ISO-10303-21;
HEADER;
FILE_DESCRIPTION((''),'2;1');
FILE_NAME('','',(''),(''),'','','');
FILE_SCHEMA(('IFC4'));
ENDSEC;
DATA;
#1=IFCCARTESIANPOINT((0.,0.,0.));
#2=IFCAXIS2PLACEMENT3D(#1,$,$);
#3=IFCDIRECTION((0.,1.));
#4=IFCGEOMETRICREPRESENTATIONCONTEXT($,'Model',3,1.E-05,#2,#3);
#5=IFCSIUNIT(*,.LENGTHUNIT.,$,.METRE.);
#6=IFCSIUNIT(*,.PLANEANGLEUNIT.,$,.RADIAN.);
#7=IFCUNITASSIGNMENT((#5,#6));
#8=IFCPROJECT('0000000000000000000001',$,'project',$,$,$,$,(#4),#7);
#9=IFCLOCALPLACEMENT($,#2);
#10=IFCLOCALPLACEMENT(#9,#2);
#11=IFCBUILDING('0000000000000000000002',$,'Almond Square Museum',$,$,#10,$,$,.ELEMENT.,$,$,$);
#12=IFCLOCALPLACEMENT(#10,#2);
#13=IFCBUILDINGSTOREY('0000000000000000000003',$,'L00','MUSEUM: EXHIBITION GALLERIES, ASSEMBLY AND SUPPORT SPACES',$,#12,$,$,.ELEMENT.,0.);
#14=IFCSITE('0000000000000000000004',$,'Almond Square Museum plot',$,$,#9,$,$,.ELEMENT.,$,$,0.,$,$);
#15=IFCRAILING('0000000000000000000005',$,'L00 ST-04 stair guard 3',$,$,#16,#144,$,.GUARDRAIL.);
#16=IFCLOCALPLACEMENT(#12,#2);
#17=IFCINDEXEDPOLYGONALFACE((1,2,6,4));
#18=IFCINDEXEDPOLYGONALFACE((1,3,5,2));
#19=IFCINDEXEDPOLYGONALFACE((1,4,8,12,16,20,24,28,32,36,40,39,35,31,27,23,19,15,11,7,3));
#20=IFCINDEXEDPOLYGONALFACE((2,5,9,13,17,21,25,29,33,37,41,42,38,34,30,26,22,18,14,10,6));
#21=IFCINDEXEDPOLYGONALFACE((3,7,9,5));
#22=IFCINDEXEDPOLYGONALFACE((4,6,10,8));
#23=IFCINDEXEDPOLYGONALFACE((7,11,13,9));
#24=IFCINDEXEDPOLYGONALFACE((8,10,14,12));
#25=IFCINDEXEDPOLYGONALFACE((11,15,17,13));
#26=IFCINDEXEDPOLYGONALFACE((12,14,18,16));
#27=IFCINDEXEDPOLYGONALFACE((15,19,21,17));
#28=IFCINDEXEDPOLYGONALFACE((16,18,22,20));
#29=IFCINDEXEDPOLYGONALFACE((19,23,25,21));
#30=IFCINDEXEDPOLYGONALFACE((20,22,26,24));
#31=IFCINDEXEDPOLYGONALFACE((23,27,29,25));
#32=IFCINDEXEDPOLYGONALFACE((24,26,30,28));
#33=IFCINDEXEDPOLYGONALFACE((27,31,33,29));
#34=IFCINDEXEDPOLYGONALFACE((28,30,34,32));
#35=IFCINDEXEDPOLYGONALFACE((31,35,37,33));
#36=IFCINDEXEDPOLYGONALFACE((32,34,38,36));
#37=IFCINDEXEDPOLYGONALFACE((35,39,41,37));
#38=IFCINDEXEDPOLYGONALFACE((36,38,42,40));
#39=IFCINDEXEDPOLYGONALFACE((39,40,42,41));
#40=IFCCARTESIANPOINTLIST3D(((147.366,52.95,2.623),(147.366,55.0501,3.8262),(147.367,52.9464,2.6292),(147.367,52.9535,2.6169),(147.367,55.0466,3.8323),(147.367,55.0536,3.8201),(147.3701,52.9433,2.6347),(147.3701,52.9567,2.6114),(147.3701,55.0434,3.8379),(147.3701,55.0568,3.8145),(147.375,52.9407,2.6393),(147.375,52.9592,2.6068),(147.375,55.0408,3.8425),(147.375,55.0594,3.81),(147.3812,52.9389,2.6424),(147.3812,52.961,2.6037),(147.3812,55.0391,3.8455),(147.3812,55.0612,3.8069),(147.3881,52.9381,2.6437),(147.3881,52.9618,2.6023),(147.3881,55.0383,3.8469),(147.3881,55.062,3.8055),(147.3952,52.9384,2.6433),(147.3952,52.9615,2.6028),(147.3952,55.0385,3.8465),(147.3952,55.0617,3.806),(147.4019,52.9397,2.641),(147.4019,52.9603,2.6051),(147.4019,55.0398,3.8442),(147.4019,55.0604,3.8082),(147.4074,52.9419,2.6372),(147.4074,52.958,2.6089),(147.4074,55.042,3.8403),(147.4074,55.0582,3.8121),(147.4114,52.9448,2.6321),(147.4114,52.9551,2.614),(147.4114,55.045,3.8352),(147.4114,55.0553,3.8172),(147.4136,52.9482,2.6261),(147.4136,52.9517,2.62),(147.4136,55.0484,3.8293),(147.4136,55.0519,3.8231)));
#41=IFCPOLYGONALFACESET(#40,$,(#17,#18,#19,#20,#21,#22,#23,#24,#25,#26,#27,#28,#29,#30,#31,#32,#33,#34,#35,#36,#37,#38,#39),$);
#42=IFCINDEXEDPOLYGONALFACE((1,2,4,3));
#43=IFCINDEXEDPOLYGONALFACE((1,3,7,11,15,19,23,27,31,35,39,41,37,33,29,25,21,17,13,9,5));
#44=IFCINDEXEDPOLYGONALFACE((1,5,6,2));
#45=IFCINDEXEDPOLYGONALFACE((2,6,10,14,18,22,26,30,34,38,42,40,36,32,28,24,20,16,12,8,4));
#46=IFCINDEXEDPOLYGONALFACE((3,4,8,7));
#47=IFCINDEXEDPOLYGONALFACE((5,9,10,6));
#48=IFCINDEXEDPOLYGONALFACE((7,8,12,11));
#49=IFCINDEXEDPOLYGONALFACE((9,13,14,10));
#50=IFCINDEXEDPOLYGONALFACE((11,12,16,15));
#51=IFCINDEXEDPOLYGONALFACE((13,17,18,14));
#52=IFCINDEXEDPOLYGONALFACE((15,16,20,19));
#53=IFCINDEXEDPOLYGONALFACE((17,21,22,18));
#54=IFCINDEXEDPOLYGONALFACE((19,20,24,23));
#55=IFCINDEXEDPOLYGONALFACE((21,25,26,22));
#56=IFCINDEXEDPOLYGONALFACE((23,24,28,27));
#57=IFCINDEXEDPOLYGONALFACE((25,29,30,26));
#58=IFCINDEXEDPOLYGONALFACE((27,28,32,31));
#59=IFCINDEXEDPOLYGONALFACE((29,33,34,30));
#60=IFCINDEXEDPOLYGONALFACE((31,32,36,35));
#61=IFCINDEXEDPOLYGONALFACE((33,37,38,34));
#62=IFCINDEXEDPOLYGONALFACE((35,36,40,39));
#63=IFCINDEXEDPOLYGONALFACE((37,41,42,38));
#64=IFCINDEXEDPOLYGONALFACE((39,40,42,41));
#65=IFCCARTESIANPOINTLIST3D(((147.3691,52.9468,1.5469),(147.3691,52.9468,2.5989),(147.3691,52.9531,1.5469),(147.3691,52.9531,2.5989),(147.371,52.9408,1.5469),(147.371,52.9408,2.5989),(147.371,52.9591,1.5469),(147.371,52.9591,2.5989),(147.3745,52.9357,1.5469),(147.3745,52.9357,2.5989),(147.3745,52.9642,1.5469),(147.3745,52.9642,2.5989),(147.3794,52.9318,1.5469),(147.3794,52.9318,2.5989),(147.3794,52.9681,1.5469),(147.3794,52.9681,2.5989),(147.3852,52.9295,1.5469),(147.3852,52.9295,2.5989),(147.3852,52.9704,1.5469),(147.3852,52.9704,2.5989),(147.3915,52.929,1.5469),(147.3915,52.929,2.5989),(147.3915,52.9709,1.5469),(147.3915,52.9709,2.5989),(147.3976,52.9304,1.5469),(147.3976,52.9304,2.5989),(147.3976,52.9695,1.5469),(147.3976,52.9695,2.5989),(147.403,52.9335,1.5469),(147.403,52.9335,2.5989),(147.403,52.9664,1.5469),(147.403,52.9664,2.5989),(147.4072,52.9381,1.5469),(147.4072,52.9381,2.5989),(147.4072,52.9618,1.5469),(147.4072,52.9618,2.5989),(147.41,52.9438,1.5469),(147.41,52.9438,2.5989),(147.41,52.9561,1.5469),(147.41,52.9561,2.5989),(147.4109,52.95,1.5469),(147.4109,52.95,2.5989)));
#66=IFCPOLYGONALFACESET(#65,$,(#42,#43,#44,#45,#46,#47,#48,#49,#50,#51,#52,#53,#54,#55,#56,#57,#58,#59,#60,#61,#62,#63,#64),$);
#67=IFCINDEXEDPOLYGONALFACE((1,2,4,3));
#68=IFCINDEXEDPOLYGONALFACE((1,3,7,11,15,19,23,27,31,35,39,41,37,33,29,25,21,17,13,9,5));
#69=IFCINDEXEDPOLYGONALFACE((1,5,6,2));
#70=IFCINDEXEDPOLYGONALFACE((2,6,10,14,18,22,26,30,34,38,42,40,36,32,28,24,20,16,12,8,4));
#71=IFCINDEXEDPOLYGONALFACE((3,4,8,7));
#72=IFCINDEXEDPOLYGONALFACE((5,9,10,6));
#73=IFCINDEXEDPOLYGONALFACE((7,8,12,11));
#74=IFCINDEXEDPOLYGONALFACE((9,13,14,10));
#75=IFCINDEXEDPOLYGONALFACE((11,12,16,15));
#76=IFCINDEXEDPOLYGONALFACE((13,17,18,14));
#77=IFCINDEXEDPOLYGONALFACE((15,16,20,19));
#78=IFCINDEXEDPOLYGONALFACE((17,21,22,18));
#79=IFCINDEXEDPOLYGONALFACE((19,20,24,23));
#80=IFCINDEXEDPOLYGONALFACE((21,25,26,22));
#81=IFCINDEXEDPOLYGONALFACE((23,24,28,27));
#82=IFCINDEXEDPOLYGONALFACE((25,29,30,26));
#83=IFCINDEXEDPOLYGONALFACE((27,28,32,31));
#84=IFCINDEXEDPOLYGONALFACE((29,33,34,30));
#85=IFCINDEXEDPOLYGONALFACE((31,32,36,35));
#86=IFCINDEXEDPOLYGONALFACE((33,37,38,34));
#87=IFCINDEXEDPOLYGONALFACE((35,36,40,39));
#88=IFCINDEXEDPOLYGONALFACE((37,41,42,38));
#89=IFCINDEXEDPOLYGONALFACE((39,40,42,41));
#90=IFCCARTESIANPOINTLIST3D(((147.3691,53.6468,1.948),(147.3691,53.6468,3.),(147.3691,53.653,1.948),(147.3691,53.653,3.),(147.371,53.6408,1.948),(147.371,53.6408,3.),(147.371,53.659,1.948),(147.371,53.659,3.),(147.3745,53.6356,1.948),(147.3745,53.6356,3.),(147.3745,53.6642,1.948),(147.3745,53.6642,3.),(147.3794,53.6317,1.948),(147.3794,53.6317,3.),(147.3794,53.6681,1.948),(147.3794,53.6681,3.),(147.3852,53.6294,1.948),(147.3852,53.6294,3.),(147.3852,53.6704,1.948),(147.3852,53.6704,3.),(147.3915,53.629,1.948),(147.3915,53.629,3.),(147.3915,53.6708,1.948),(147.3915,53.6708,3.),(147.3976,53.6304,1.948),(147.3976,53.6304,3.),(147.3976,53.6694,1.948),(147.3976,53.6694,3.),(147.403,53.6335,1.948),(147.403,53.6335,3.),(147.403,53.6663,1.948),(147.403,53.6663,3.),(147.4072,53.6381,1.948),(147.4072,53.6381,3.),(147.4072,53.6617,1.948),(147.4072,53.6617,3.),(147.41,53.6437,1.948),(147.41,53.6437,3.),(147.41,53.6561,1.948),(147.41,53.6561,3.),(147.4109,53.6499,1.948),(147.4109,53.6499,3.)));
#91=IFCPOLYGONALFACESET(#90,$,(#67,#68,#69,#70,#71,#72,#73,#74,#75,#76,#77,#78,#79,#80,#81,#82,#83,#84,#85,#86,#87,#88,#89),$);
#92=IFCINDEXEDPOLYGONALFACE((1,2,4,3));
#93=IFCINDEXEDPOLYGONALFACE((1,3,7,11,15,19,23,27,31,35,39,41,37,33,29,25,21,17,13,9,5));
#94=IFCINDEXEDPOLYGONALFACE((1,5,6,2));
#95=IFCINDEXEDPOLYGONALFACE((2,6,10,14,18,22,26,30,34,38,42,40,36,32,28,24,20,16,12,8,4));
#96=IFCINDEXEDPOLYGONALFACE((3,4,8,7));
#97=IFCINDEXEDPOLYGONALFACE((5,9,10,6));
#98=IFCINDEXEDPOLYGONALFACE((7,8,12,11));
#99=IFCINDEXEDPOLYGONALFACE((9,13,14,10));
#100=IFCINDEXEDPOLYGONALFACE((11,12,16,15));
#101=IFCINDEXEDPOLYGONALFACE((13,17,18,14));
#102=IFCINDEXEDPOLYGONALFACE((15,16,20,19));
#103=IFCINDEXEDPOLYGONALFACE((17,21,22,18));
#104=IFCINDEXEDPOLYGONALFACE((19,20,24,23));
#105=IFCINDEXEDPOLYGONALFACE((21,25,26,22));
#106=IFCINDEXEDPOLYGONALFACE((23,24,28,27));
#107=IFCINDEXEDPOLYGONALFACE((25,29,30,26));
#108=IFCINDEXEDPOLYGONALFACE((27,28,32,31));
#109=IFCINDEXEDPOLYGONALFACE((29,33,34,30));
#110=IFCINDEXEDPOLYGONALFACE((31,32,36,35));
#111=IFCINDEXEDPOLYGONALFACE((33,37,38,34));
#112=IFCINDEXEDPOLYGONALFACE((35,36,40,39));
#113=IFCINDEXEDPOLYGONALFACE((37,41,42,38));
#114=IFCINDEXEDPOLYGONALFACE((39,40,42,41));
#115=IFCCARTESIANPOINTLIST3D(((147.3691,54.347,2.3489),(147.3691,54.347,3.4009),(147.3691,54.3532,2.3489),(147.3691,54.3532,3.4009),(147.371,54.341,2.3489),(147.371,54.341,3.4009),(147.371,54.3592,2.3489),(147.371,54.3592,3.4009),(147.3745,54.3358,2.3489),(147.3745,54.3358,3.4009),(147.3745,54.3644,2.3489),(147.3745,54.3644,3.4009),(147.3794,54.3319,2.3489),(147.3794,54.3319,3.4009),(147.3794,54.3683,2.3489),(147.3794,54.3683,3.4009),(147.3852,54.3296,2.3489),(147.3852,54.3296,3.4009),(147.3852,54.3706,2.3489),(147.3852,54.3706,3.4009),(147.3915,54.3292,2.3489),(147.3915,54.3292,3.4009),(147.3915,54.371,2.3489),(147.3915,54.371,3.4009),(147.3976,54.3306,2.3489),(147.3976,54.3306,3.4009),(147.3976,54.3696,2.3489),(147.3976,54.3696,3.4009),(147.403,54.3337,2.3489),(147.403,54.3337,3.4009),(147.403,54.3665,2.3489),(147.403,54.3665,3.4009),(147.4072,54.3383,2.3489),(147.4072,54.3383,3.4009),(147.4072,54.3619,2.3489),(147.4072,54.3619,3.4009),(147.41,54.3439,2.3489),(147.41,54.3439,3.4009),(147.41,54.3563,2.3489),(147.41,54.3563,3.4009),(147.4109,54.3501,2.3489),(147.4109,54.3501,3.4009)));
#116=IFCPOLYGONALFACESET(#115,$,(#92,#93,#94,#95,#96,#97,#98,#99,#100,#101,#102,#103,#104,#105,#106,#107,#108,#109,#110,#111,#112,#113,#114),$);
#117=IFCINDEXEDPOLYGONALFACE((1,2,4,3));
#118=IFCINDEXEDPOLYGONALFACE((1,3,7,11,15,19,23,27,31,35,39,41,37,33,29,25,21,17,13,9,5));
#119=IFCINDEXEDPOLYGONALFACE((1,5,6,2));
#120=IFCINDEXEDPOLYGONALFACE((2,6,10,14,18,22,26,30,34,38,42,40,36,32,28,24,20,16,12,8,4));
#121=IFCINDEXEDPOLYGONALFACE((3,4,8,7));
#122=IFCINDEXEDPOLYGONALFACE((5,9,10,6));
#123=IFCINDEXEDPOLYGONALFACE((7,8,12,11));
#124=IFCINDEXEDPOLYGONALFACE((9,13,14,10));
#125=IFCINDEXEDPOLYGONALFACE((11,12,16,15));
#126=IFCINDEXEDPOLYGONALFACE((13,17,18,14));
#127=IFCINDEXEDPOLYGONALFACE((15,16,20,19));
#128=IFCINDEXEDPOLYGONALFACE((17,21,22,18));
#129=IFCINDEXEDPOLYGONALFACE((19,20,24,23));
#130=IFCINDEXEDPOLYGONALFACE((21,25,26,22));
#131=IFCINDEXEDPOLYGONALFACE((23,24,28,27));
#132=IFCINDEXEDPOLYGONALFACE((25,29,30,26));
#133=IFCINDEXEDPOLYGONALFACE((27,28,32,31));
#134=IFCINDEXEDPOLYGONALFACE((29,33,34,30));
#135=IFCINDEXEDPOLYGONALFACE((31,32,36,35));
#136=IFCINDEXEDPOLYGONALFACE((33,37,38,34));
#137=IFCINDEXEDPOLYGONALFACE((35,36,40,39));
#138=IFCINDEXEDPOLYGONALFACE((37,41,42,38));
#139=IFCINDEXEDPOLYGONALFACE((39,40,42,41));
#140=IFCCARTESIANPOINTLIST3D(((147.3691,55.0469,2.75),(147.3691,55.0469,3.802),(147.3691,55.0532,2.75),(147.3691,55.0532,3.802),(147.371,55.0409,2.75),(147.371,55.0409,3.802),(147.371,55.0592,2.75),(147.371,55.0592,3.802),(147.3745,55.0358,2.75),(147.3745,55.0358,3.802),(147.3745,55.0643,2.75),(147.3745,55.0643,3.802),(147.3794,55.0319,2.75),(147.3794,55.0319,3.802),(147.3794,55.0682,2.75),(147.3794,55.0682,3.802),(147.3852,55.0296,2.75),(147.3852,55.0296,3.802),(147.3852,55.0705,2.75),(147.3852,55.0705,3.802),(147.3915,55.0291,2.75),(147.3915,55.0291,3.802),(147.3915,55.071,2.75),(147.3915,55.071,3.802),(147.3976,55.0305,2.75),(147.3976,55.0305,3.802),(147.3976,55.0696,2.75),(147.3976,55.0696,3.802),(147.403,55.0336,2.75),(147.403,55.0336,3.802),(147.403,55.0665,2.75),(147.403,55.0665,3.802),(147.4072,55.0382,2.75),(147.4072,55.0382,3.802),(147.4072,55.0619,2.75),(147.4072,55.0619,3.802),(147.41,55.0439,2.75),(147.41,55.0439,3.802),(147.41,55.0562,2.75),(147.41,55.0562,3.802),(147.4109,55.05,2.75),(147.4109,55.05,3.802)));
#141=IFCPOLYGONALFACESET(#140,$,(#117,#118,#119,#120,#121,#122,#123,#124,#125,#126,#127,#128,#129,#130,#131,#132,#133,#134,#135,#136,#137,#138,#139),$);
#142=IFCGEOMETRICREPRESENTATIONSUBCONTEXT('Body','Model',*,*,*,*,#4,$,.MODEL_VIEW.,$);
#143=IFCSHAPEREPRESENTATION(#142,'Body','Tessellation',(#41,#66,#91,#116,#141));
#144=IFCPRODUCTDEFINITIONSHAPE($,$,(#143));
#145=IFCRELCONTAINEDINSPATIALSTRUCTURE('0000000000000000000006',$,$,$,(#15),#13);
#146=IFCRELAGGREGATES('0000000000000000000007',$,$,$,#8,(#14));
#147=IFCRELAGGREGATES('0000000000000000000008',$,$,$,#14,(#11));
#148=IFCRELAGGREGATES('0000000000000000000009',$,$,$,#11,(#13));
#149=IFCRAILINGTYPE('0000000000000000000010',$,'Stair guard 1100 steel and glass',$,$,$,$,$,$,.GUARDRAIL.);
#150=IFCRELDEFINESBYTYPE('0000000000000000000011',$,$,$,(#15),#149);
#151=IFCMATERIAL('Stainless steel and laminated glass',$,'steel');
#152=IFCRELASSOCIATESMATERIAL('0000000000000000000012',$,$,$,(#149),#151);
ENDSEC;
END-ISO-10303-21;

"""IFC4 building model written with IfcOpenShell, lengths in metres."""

from ifc_helpers import new_model, si_unit, direction, frame, origin, origin_2d, place, context, subcontext, project, spatial, circle, extrude, material, type_object, element, save


model = new_model("IFC4")

# Units and contexts
model_context = context("Model", 3, precision=1e-05, world=origin(), true_north=direction((0.0, 1.0)))
body_context = subcontext(model_context, "Body", "Model", "MODEL_VIEW")
ifc_project = project(units=[si_unit("LENGTHUNIT", "METRE"), si_unit("PLANEANGLEUNIT", "RADIAN")], contexts=[model_context])

# Site, building, storey
site_placement = place(None, origin())
site = spatial("IfcSite", under=ifc_project, at=site_placement, Name="Almond Square Museum plot", CompositionType="ELEMENT", RefElevation=0.0)
building_placement = place(site_placement, origin())
building = spatial("IfcBuilding", under=site, at=building_placement, Name="Almond Square Museum", CompositionType="ELEMENT")
storey_placement = place(building_placement, origin())
storey = spatial("IfcBuildingStorey", under=building, at=storey_placement, Name="L00", Description="MUSEUM: EXHIBITION GALLERIES, ASSEMBLY AND SUPPORT SPACES", CompositionType="ELEMENT", Elevation=0.0)

# Railing
ifc_material_1 = material(Name="Stainless steel and laminated glass", Category="steel")
railing_type_1 = type_object("IfcRailingType", Name="Stair guard 1100 steel and glass", PredefinedType="GUARDRAIL", material=ifc_material_1)
railing_1_placement = place(storey_placement, frame((147.3899, 52.95, 1.5469)))
element("IfcRailing", 1, at=railing_1_placement, inside=storey, type_object=railing_type_1, Name="L00 ST-04 stair guard 3", PredefinedType="GUARDRAIL", context=body_context, shape_type="SweptSolid", body=[
    extrude(circle(Radius=0.0239, at=origin_2d()), frame((0.0, 0.0, 1.0762), z_axis=(0.0, 0.867696, 0.497095), x_axis=(-1.0, 0.0, 0.0)), (0.0, 0.0, 1.0), 2.4204),
    extrude(circle(Radius=0.021, at=origin_2d()), origin(), (0.0, 0.0, 1.0), 1.052),
    extrude(circle(Radius=0.021, at=origin_2d()), frame((0.0, 0.7, 0.4011)), (0.0, 0.0, 1.0), 1.052),
    extrude(circle(Radius=0.021, at=origin_2d()), frame((0.0, 1.4001, 0.802)), (0.0, 0.0, 1.0), 1.052),
    extrude(circle(Radius=0.021, at=origin_2d()), frame((0.0, 2.1001, 1.2031)), (0.0, 0.0, 1.0), 1.052),
])

save(model, "model.ifc")
